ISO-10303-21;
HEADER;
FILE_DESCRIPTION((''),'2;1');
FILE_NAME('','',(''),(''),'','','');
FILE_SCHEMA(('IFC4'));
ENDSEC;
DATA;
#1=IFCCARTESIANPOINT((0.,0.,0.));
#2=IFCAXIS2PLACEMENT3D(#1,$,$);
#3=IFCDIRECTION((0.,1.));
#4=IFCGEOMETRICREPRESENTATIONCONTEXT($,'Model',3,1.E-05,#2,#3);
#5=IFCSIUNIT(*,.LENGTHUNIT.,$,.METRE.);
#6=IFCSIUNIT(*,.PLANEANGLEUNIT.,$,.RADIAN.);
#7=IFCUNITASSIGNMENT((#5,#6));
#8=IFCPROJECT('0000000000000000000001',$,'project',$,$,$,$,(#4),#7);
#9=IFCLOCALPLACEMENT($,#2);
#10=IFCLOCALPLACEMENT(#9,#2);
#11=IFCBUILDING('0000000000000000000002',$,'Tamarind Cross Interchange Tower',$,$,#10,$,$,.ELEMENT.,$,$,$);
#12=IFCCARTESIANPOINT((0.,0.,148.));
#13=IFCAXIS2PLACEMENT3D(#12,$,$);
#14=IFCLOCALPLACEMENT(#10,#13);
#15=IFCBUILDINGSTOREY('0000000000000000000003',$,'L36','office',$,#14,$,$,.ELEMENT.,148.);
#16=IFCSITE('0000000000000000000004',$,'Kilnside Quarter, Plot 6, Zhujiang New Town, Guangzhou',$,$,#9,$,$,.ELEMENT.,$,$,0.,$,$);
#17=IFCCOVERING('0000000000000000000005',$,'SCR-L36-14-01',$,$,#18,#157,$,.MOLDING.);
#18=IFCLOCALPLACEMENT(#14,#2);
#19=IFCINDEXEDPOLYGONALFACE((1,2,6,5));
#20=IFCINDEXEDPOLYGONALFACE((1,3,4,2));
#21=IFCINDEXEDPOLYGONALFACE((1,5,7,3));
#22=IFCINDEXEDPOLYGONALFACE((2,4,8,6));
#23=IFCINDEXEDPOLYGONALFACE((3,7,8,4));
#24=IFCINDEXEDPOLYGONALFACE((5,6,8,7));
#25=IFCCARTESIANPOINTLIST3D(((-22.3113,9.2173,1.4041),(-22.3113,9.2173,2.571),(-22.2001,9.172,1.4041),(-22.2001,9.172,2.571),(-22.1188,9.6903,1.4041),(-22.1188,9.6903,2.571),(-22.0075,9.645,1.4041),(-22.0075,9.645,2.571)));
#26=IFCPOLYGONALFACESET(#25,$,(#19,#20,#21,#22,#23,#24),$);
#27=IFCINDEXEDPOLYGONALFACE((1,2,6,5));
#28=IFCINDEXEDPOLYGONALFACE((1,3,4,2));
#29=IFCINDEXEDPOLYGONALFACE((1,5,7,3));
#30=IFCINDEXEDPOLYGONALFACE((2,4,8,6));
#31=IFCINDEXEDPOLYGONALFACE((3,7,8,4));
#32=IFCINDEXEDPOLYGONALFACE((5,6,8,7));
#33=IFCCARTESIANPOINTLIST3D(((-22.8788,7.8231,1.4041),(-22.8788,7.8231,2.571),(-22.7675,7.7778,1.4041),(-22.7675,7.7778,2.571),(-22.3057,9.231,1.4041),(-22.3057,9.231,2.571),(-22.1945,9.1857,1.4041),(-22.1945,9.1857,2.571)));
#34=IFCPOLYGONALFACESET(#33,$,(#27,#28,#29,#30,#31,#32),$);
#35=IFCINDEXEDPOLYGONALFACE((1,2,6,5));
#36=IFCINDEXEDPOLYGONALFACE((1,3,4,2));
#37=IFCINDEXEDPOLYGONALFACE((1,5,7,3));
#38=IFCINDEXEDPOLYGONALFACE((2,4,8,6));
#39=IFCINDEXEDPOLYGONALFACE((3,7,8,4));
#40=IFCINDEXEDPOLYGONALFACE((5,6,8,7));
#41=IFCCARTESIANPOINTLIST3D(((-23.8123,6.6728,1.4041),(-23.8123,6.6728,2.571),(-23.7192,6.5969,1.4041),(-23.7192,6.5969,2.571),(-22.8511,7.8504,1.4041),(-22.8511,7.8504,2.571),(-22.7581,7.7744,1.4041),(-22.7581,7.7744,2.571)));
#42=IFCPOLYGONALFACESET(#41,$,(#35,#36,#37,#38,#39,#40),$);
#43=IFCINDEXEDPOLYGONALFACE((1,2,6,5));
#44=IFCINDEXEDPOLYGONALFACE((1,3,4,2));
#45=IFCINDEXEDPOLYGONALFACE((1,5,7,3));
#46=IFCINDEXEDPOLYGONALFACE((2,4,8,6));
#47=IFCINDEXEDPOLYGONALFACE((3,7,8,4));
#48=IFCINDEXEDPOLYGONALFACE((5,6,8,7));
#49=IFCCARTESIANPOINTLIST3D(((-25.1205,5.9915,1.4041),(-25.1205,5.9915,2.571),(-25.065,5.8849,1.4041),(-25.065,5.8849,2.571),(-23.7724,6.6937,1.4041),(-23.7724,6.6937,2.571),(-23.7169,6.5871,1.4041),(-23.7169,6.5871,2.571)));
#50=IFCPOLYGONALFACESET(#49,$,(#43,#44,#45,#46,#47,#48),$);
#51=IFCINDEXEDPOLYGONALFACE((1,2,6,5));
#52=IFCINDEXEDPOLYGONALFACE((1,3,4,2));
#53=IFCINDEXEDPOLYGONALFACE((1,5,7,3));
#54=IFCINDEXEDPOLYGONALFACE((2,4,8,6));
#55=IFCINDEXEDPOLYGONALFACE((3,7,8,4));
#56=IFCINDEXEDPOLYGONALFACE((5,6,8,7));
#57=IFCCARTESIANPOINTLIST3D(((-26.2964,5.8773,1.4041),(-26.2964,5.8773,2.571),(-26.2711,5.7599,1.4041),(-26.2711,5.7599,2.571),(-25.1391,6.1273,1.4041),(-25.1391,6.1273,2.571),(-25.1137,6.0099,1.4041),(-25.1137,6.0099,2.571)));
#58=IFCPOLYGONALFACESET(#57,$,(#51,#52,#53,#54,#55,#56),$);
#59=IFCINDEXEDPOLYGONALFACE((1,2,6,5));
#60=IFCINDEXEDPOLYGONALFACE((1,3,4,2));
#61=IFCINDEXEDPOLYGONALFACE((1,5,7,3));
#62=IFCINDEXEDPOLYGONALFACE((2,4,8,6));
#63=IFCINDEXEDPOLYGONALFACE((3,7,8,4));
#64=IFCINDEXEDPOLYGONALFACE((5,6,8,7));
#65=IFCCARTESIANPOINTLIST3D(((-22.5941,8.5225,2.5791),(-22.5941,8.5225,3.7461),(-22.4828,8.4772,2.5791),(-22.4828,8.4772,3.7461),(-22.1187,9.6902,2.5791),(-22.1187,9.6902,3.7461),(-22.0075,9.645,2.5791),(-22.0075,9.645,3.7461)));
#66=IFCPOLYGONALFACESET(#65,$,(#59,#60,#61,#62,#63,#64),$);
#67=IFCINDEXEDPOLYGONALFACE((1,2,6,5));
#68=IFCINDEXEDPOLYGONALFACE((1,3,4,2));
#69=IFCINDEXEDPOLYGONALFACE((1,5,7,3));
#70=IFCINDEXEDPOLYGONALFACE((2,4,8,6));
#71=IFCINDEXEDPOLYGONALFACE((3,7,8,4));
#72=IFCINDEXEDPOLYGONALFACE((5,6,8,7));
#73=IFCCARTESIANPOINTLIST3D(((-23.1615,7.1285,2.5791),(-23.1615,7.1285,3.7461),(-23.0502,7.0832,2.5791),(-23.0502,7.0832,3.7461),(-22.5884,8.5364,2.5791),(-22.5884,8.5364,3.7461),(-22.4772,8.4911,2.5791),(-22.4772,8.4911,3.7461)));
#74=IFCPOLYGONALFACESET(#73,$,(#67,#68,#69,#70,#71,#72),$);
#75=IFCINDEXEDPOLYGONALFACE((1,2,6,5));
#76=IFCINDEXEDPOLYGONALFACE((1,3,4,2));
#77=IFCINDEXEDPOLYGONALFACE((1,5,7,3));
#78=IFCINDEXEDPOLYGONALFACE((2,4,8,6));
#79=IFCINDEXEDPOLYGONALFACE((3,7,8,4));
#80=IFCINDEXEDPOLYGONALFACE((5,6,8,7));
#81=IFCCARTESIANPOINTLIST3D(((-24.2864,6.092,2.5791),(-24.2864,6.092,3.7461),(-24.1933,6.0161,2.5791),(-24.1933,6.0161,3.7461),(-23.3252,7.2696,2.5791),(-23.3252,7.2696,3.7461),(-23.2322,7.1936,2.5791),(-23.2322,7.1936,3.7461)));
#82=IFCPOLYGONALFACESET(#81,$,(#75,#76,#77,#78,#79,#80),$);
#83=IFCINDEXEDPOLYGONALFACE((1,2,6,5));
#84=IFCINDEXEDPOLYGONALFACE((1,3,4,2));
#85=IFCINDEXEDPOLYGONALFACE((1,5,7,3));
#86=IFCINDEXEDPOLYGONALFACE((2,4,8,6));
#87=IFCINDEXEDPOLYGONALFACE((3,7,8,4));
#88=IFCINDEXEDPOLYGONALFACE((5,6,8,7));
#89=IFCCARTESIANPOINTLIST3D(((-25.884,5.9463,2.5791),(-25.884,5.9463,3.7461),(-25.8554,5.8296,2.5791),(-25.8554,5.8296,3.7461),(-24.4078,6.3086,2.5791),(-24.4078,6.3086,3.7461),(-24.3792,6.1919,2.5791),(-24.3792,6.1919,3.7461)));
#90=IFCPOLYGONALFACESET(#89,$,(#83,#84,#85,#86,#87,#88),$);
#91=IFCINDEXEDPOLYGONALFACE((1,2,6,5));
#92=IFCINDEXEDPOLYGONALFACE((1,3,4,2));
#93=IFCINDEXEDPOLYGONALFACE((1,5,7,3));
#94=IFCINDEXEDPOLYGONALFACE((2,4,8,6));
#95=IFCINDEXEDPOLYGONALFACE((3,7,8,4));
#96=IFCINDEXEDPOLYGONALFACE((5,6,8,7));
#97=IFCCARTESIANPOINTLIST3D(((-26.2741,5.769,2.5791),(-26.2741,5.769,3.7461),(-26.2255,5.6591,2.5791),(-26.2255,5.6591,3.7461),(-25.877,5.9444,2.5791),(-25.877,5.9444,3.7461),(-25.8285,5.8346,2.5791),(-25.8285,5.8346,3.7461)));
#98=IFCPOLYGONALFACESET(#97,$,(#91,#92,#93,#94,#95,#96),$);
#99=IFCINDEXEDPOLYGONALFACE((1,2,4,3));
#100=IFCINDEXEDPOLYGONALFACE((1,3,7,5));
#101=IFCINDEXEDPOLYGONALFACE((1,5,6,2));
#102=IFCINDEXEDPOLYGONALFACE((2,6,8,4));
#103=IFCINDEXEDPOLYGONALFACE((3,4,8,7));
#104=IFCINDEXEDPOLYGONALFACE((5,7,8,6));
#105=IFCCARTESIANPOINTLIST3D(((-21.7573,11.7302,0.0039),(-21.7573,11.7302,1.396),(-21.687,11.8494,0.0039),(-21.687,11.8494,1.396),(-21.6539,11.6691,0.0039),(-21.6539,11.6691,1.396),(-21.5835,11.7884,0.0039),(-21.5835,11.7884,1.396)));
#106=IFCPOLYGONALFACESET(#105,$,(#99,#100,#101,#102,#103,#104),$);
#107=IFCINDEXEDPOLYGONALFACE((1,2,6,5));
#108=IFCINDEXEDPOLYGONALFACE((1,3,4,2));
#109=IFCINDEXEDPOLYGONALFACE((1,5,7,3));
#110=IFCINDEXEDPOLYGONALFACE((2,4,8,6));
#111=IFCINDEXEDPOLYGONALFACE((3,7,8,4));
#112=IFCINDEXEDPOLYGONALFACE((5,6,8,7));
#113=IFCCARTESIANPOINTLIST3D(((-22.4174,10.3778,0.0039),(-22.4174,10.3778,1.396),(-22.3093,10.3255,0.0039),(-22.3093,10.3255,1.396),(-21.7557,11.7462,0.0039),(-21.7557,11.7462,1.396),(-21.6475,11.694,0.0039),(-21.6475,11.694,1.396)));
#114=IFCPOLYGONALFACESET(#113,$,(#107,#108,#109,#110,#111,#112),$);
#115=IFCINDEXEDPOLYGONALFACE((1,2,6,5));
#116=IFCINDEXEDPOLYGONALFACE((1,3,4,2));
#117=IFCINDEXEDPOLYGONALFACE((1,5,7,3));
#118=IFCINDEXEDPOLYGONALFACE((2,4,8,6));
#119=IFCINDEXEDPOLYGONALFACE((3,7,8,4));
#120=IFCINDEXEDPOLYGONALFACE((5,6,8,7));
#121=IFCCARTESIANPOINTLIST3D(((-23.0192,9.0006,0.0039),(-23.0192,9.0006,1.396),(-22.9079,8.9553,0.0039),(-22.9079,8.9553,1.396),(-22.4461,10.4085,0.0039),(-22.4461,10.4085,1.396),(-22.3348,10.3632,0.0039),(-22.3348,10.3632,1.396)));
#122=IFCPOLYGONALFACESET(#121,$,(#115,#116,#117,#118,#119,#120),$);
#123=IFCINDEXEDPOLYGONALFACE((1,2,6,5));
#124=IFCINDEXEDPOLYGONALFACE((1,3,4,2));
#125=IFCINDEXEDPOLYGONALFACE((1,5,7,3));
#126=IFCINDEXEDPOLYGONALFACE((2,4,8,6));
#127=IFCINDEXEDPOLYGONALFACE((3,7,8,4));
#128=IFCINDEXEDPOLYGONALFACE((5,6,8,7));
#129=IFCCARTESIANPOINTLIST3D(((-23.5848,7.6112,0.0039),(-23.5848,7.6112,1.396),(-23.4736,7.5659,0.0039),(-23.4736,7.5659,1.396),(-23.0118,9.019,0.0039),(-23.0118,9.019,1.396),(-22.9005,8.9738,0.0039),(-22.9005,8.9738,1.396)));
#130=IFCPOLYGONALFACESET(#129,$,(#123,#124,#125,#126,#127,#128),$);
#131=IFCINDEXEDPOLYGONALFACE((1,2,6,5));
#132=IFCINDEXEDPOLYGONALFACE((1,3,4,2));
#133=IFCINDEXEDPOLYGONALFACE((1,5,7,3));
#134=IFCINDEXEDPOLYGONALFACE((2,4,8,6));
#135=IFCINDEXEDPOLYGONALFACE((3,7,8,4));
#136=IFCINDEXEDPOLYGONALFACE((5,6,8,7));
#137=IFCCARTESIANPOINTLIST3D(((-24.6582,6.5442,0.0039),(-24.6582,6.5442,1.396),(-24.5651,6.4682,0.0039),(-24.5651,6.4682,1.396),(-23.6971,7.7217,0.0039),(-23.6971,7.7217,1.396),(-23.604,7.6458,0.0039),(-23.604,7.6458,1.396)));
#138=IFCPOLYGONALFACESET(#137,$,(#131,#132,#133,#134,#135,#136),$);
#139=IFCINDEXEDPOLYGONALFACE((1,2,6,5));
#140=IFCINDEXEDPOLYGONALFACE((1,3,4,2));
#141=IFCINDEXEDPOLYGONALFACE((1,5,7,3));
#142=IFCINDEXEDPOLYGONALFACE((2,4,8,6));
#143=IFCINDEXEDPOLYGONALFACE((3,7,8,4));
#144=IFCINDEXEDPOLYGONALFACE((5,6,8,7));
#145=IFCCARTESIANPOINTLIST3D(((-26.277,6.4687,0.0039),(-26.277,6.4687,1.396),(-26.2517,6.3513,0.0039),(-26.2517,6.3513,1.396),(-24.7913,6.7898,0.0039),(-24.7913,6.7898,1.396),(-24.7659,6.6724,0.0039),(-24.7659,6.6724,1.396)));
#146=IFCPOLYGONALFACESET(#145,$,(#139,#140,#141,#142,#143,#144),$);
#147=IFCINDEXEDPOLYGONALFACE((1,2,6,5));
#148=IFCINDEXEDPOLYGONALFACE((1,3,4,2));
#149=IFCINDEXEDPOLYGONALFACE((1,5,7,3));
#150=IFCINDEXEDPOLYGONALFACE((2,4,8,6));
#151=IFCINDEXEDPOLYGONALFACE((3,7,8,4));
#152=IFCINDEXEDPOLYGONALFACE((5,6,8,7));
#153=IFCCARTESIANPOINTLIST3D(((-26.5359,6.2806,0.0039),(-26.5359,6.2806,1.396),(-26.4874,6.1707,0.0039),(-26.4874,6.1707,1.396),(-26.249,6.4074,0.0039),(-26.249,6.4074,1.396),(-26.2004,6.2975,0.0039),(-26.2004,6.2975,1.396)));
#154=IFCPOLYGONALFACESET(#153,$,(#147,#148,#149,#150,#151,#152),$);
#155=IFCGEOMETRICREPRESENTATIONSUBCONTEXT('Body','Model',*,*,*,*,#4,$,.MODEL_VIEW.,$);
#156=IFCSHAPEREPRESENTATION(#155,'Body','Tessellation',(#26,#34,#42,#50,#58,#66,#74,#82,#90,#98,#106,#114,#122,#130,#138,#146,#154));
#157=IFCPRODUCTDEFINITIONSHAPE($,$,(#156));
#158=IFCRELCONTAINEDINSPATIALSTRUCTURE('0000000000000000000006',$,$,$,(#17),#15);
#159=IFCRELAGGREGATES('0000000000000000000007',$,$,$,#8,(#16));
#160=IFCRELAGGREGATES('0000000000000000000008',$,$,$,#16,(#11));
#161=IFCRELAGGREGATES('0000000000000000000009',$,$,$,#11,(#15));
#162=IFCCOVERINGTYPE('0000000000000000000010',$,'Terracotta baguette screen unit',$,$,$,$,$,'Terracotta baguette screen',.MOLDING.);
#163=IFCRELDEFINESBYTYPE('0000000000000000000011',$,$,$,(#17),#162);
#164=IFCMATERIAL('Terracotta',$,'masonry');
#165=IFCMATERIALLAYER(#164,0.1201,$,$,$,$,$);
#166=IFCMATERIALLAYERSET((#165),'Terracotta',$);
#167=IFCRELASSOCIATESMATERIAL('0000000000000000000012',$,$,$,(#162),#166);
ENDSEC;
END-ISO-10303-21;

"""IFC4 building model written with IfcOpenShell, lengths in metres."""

from ifc_helpers import new_model, si_unit, direction, frame, origin, origin_2d, place, context, subcontext, project, spatial, rectangle, extrude, material, layer, layer_set, type_object, element, save


model = new_model("IFC4")

# Units and contexts
model_context = context("Model", 3, precision=1e-05, world=origin(), true_north=direction((0.0, 1.0)))
body_context = subcontext(model_context, "Body", "Model", "MODEL_VIEW")
ifc_project = project(units=[si_unit("LENGTHUNIT", "METRE"), si_unit("PLANEANGLEUNIT", "RADIAN")], contexts=[model_context])

# Site, building, storey
site_placement = place(None, origin())
site = spatial("IfcSite", under=ifc_project, at=site_placement, Name="Kilnside Quarter, Plot 6, Zhujiang New Town, Guangzhou", CompositionType="ELEMENT", RefElevation=0.0)
building_placement = place(site_placement, origin())
building = spatial("IfcBuilding", under=site, at=building_placement, Name="Tamarind Cross Interchange Tower", CompositionType="ELEMENT")
storey_placement = place(building_placement, frame((0.0, 0.0, 148.0)))
storey = spatial("IfcBuildingStorey", under=building, at=storey_placement, Name="L36", Description="office", CompositionType="ELEMENT", Elevation=148.0)

# Covering
ifc_material_1 = material(Name="Terracotta", Category="masonry")
ifc_layer_1 = layer(ifc_material_1, 0.1201)
ifc_layer_set_1 = layer_set([ifc_layer_1], Name="Terracotta")
covering_type = type_object("IfcCoveringType", Name="Terracotta baguette screen unit", ElementType="Terracotta baguette screen", PredefinedType="MOLDING", material=ifc_layer_set_1)
covering_1_placement = place(storey_placement, origin())
element("IfcCovering", 1, at=covering_1_placement, inside=storey, type_object=covering_type, Name="SCR-L36-14-01", PredefinedType="MOLDING", context=body_context, shape_type="SweptSolid", body=[
    extrude(rectangle(XDim=0.5107, YDim=0.1201, at=origin_2d()), frame((-22.1594, 9.4312, 1.4041), z_axis=(0.0, 0.0, 1.0), x_axis=(-0.377016, -0.926207, 0.0)), (0.0, 0.0, 1.0), 1.167),
    extrude(rectangle(XDim=1.52, YDim=0.1201, at=origin_2d()), frame((-22.5366, 8.5044, 1.4041), z_axis=(0.0, 0.0, 1.0), x_axis=(-0.377016, -0.926207, 0.0)), (0.0, 0.0, 1.0), 1.167),
    extrude(rectangle(XDim=1.52, YDim=0.1201, at=origin_2d()), frame((-23.2852, 7.2236, 1.4041), z_axis=(0.0, 0.0, 1.0), x_axis=(-0.632316, -0.77471, 0.0)), (0.0, 0.0, 1.0), 1.167),
    extrude(rectangle(XDim=1.52, YDim=0.1201, at=origin_2d()), frame((-24.4187, 6.2893, 1.4041), z_axis=(0.0, 0.0, 1.0), x_axis=(-0.886897, -0.461967, 0.0)), (0.0, 0.0, 1.0), 1.167),
    extrude(rectangle(XDim=1.1841, YDim=0.1201, at=origin_2d()), frame((-25.7051, 5.9436, 1.4041), z_axis=(0.0, 0.0, 1.0), x_axis=(-0.977442, -0.211203, 0.0)), (0.0, 0.0, 1.0), 1.167),
    extrude(rectangle(XDim=1.2607, YDim=0.1201, at=origin_2d()), frame((-22.3008, 9.0837, 2.5791), z_axis=(0.0, 0.0, 1.0), x_axis=(-0.377016, -0.926207, 0.0)), (0.0, 0.0, 1.0), 1.167),
    extrude(rectangle(XDim=1.52, YDim=0.1201, at=origin_2d()), frame((-22.8193, 7.8098, 2.5791), z_axis=(0.0, 0.0, 1.0), x_axis=(-0.377016, -0.926207, 0.0)), (0.0, 0.0, 1.0), 1.167),
    extrude(rectangle(XDim=1.52, YDim=0.1201, at=origin_2d()), frame((-23.7593, 6.6428, 2.5791), z_axis=(0.0, 0.0, 1.0), x_axis=(-0.632316, -0.77471, 0.0)), (0.0, 0.0, 1.0), 1.167),
    extrude(rectangle(XDim=1.52, YDim=0.1201, at=origin_2d()), frame((-25.1316, 6.0691, 2.5791), z_axis=(0.0, 0.0, 1.0), x_axis=(-0.971173, -0.238376, 0.0)), (0.0, 0.0, 1.0), 1.167),
    extrude(rectangle(XDim=0.4341, YDim=0.1201, at=origin_2d()), frame((-26.0513, 5.8018, 2.5791), z_axis=(0.0, 0.0, 1.0), x_axis=(-0.914649, -0.404248, 0.0)), (0.0, 0.0, 1.0), 1.167),
    extrude(rectangle(XDim=0.1384, YDim=0.1201, at=origin_2d()), frame((-21.6704, 11.7593, 0.0039), z_axis=(0.0, 0.0, 1.0), x_axis=(-0.508183, -0.861249, 0.0)), (0.0, 0.0, 1.0), 1.3921),
    extrude(rectangle(XDim=1.52, YDim=0.1201, at=origin_2d()), frame((-22.0325, 11.0359, 0.0039), z_axis=(0.0, 0.0, 1.0), x_axis=(-0.435326, -0.900273, 0.0)), (0.0, 0.0, 1.0), 1.3921),
    extrude(rectangle(XDim=1.52, YDim=0.1201, at=origin_2d()), frame((-22.677, 9.6819, 0.0039), z_axis=(0.0, 0.0, 1.0), x_axis=(-0.377016, -0.926207, 0.0)), (0.0, 0.0, 1.0), 1.3921),
    extrude(rectangle(XDim=1.52, YDim=0.1201, at=origin_2d()), frame((-23.2427, 8.2925, 0.0039), z_axis=(0.0, 0.0, 1.0), x_axis=(-0.377016, -0.926207, 0.0)), (0.0, 0.0, 1.0), 1.3921),
    extrude(rectangle(XDim=1.52, YDim=0.1201, at=origin_2d()), frame((-24.1311, 7.095, 0.0039), z_axis=(0.0, 0.0, 1.0), x_axis=(-0.632316, -0.77471, 0.0)), (0.0, 0.0, 1.0), 1.3921),
    extrude(rectangle(XDim=1.52, YDim=0.1201, at=origin_2d()), frame((-25.5215, 6.5706, 0.0039), z_axis=(0.0, 0.0, 1.0), x_axis=(-0.977442, -0.211203, 0.0)), (0.0, 0.0, 1.0), 1.3921),
    extrude(rectangle(XDim=0.3137, YDim=0.1201, at=origin_2d()), frame((-26.3682, 6.2891, 0.0039), z_axis=(0.0, 0.0, 1.0), x_axis=(-0.914649, -0.404248, 0.0)), (0.0, 0.0, 1.0), 1.3921),
])

save(model, "model.ifc")
